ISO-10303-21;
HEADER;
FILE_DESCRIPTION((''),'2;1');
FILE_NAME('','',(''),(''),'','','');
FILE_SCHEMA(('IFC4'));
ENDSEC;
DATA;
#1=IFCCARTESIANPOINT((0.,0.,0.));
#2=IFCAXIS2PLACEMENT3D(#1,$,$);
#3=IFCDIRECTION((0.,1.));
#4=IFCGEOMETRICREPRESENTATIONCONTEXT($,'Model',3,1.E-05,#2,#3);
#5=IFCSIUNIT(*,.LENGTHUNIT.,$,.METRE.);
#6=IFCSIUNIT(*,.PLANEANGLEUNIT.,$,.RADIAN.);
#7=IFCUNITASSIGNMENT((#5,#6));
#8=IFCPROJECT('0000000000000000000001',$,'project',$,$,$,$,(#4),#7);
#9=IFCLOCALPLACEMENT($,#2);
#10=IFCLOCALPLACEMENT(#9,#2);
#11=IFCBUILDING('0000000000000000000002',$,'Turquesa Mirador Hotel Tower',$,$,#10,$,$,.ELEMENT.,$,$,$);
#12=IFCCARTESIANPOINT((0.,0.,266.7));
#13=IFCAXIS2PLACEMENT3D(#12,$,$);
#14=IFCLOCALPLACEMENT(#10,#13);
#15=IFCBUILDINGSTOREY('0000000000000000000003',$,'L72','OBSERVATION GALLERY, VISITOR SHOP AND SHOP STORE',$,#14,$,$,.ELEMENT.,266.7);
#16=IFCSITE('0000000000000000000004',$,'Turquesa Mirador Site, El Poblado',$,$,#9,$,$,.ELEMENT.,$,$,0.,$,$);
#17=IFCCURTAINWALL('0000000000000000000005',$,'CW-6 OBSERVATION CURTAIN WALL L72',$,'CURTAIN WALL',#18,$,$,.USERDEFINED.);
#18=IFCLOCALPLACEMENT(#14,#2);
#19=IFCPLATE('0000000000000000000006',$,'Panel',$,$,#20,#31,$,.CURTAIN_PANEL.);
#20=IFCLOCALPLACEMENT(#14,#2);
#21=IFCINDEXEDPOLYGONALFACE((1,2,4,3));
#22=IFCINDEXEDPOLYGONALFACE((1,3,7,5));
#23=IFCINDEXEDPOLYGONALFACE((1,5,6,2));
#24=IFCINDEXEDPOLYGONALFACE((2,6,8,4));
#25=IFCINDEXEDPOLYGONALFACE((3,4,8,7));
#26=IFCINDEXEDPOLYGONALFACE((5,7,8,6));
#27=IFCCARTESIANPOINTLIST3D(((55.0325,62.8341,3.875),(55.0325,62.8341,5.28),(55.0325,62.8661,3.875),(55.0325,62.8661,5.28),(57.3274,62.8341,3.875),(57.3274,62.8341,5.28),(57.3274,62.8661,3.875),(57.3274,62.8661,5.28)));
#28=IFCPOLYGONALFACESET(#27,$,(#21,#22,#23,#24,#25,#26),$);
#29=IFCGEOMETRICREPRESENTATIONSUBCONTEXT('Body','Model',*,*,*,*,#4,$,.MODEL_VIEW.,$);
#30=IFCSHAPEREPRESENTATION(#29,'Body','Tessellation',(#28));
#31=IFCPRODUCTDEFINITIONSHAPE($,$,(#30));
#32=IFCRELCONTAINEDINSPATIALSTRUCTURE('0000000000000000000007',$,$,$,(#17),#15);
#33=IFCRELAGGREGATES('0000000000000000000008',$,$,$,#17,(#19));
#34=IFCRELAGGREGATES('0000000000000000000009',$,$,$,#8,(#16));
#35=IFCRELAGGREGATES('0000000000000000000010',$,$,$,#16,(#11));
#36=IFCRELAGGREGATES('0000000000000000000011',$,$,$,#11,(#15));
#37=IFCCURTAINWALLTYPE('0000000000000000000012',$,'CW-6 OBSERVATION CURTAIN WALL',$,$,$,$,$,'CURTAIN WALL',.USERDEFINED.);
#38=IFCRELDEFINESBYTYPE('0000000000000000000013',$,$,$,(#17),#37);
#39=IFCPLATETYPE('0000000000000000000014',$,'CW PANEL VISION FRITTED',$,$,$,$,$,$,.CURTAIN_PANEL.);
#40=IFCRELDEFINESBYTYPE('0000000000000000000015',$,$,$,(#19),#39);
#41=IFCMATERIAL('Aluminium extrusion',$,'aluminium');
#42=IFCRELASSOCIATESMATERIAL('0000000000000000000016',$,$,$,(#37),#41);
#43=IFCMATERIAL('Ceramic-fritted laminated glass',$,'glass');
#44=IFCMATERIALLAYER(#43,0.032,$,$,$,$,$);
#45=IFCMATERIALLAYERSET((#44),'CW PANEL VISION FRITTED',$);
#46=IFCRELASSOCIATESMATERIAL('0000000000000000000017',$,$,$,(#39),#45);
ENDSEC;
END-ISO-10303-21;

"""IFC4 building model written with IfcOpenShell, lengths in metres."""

from ifc_helpers import new_model, si_unit, direction, frame, origin, origin_2d, place, context, subcontext, project, spatial, rectangle, extrude, material, layer, layer_set, type_object, element, aggregate, save


model = new_model("IFC4")

# Units and contexts
model_context = context("Model", 3, precision=1e-05, world=origin(), true_north=direction((0.0, 1.0)))
body_context = subcontext(model_context, "Body", "Model", "MODEL_VIEW")
ifc_project = project(units=[si_unit("LENGTHUNIT", "METRE"), si_unit("PLANEANGLEUNIT", "RADIAN")], contexts=[model_context])

# Site, building, storey
site_placement = place(None, origin())
site = spatial("IfcSite", under=ifc_project, at=site_placement, Name="Turquesa Mirador Site, El Poblado", CompositionType="ELEMENT", RefElevation=0.0)
building_placement = place(site_placement, origin())
building = spatial("IfcBuilding", under=site, at=building_placement, Name="Turquesa Mirador Hotel Tower", CompositionType="ELEMENT")
storey_placement = place(building_placement, frame((0.0, 0.0, 266.7)))
storey = spatial("IfcBuildingStorey", under=building, at=storey_placement, Name="L72", Description="OBSERVATION GALLERY, VISITOR SHOP AND SHOP STORE", CompositionType="ELEMENT", Elevation=266.7)

# Shared definitions
ifc_material_1 = material(Name="Aluminium extrusion", Category="aluminium")
curtain_wall_type = type_object("IfcCurtainWallType", Name="CW-6 OBSERVATION CURTAIN WALL", ElementType="CURTAIN WALL", PredefinedType="USERDEFINED", material=ifc_material_1)

# Curtain wall
curtain_wall_1_placement = place(storey_placement, origin())
curtain_wall_1 = element("IfcCurtainWall", 1, at=curtain_wall_1_placement, inside=storey, type_object=curtain_wall_type, Name="CW-6 OBSERVATION CURTAIN WALL L72", ObjectType="CURTAIN WALL", PredefinedType="USERDEFINED")

# Plate
ifc_material_2 = material(Name="Ceramic-fritted laminated glass", Category="glass")
ifc_layer_1 = layer(ifc_material_2, 0.032)
ifc_layer_set_1 = layer_set([ifc_layer_1], Name="CW PANEL VISION FRITTED")
plate_type_1 = type_object("IfcPlateType", Name="CW PANEL VISION FRITTED", PredefinedType="CURTAIN_PANEL", material=ifc_layer_set_1)
plate_1_placement = place(storey_placement, frame((56.1799, 62.8501, 3.875), z_axis=(0.0, 0.0, 1.0), x_axis=(-1.0, 0.0, 0.0)))
plate_1 = element("IfcPlate", 2, at=plate_1_placement, type_object=plate_type_1, Name="Panel", PredefinedType="CURTAIN_PANEL", context=body_context, shape_type="SweptSolid", body=[
    extrude(rectangle(XDim=2.2949, YDim=0.032, at=origin_2d()), origin(), (0.0, 0.0, 1.0), 1.405),
])
aggregate(curtain_wall_1, [plate_1])

save(model, "model.ifc")
